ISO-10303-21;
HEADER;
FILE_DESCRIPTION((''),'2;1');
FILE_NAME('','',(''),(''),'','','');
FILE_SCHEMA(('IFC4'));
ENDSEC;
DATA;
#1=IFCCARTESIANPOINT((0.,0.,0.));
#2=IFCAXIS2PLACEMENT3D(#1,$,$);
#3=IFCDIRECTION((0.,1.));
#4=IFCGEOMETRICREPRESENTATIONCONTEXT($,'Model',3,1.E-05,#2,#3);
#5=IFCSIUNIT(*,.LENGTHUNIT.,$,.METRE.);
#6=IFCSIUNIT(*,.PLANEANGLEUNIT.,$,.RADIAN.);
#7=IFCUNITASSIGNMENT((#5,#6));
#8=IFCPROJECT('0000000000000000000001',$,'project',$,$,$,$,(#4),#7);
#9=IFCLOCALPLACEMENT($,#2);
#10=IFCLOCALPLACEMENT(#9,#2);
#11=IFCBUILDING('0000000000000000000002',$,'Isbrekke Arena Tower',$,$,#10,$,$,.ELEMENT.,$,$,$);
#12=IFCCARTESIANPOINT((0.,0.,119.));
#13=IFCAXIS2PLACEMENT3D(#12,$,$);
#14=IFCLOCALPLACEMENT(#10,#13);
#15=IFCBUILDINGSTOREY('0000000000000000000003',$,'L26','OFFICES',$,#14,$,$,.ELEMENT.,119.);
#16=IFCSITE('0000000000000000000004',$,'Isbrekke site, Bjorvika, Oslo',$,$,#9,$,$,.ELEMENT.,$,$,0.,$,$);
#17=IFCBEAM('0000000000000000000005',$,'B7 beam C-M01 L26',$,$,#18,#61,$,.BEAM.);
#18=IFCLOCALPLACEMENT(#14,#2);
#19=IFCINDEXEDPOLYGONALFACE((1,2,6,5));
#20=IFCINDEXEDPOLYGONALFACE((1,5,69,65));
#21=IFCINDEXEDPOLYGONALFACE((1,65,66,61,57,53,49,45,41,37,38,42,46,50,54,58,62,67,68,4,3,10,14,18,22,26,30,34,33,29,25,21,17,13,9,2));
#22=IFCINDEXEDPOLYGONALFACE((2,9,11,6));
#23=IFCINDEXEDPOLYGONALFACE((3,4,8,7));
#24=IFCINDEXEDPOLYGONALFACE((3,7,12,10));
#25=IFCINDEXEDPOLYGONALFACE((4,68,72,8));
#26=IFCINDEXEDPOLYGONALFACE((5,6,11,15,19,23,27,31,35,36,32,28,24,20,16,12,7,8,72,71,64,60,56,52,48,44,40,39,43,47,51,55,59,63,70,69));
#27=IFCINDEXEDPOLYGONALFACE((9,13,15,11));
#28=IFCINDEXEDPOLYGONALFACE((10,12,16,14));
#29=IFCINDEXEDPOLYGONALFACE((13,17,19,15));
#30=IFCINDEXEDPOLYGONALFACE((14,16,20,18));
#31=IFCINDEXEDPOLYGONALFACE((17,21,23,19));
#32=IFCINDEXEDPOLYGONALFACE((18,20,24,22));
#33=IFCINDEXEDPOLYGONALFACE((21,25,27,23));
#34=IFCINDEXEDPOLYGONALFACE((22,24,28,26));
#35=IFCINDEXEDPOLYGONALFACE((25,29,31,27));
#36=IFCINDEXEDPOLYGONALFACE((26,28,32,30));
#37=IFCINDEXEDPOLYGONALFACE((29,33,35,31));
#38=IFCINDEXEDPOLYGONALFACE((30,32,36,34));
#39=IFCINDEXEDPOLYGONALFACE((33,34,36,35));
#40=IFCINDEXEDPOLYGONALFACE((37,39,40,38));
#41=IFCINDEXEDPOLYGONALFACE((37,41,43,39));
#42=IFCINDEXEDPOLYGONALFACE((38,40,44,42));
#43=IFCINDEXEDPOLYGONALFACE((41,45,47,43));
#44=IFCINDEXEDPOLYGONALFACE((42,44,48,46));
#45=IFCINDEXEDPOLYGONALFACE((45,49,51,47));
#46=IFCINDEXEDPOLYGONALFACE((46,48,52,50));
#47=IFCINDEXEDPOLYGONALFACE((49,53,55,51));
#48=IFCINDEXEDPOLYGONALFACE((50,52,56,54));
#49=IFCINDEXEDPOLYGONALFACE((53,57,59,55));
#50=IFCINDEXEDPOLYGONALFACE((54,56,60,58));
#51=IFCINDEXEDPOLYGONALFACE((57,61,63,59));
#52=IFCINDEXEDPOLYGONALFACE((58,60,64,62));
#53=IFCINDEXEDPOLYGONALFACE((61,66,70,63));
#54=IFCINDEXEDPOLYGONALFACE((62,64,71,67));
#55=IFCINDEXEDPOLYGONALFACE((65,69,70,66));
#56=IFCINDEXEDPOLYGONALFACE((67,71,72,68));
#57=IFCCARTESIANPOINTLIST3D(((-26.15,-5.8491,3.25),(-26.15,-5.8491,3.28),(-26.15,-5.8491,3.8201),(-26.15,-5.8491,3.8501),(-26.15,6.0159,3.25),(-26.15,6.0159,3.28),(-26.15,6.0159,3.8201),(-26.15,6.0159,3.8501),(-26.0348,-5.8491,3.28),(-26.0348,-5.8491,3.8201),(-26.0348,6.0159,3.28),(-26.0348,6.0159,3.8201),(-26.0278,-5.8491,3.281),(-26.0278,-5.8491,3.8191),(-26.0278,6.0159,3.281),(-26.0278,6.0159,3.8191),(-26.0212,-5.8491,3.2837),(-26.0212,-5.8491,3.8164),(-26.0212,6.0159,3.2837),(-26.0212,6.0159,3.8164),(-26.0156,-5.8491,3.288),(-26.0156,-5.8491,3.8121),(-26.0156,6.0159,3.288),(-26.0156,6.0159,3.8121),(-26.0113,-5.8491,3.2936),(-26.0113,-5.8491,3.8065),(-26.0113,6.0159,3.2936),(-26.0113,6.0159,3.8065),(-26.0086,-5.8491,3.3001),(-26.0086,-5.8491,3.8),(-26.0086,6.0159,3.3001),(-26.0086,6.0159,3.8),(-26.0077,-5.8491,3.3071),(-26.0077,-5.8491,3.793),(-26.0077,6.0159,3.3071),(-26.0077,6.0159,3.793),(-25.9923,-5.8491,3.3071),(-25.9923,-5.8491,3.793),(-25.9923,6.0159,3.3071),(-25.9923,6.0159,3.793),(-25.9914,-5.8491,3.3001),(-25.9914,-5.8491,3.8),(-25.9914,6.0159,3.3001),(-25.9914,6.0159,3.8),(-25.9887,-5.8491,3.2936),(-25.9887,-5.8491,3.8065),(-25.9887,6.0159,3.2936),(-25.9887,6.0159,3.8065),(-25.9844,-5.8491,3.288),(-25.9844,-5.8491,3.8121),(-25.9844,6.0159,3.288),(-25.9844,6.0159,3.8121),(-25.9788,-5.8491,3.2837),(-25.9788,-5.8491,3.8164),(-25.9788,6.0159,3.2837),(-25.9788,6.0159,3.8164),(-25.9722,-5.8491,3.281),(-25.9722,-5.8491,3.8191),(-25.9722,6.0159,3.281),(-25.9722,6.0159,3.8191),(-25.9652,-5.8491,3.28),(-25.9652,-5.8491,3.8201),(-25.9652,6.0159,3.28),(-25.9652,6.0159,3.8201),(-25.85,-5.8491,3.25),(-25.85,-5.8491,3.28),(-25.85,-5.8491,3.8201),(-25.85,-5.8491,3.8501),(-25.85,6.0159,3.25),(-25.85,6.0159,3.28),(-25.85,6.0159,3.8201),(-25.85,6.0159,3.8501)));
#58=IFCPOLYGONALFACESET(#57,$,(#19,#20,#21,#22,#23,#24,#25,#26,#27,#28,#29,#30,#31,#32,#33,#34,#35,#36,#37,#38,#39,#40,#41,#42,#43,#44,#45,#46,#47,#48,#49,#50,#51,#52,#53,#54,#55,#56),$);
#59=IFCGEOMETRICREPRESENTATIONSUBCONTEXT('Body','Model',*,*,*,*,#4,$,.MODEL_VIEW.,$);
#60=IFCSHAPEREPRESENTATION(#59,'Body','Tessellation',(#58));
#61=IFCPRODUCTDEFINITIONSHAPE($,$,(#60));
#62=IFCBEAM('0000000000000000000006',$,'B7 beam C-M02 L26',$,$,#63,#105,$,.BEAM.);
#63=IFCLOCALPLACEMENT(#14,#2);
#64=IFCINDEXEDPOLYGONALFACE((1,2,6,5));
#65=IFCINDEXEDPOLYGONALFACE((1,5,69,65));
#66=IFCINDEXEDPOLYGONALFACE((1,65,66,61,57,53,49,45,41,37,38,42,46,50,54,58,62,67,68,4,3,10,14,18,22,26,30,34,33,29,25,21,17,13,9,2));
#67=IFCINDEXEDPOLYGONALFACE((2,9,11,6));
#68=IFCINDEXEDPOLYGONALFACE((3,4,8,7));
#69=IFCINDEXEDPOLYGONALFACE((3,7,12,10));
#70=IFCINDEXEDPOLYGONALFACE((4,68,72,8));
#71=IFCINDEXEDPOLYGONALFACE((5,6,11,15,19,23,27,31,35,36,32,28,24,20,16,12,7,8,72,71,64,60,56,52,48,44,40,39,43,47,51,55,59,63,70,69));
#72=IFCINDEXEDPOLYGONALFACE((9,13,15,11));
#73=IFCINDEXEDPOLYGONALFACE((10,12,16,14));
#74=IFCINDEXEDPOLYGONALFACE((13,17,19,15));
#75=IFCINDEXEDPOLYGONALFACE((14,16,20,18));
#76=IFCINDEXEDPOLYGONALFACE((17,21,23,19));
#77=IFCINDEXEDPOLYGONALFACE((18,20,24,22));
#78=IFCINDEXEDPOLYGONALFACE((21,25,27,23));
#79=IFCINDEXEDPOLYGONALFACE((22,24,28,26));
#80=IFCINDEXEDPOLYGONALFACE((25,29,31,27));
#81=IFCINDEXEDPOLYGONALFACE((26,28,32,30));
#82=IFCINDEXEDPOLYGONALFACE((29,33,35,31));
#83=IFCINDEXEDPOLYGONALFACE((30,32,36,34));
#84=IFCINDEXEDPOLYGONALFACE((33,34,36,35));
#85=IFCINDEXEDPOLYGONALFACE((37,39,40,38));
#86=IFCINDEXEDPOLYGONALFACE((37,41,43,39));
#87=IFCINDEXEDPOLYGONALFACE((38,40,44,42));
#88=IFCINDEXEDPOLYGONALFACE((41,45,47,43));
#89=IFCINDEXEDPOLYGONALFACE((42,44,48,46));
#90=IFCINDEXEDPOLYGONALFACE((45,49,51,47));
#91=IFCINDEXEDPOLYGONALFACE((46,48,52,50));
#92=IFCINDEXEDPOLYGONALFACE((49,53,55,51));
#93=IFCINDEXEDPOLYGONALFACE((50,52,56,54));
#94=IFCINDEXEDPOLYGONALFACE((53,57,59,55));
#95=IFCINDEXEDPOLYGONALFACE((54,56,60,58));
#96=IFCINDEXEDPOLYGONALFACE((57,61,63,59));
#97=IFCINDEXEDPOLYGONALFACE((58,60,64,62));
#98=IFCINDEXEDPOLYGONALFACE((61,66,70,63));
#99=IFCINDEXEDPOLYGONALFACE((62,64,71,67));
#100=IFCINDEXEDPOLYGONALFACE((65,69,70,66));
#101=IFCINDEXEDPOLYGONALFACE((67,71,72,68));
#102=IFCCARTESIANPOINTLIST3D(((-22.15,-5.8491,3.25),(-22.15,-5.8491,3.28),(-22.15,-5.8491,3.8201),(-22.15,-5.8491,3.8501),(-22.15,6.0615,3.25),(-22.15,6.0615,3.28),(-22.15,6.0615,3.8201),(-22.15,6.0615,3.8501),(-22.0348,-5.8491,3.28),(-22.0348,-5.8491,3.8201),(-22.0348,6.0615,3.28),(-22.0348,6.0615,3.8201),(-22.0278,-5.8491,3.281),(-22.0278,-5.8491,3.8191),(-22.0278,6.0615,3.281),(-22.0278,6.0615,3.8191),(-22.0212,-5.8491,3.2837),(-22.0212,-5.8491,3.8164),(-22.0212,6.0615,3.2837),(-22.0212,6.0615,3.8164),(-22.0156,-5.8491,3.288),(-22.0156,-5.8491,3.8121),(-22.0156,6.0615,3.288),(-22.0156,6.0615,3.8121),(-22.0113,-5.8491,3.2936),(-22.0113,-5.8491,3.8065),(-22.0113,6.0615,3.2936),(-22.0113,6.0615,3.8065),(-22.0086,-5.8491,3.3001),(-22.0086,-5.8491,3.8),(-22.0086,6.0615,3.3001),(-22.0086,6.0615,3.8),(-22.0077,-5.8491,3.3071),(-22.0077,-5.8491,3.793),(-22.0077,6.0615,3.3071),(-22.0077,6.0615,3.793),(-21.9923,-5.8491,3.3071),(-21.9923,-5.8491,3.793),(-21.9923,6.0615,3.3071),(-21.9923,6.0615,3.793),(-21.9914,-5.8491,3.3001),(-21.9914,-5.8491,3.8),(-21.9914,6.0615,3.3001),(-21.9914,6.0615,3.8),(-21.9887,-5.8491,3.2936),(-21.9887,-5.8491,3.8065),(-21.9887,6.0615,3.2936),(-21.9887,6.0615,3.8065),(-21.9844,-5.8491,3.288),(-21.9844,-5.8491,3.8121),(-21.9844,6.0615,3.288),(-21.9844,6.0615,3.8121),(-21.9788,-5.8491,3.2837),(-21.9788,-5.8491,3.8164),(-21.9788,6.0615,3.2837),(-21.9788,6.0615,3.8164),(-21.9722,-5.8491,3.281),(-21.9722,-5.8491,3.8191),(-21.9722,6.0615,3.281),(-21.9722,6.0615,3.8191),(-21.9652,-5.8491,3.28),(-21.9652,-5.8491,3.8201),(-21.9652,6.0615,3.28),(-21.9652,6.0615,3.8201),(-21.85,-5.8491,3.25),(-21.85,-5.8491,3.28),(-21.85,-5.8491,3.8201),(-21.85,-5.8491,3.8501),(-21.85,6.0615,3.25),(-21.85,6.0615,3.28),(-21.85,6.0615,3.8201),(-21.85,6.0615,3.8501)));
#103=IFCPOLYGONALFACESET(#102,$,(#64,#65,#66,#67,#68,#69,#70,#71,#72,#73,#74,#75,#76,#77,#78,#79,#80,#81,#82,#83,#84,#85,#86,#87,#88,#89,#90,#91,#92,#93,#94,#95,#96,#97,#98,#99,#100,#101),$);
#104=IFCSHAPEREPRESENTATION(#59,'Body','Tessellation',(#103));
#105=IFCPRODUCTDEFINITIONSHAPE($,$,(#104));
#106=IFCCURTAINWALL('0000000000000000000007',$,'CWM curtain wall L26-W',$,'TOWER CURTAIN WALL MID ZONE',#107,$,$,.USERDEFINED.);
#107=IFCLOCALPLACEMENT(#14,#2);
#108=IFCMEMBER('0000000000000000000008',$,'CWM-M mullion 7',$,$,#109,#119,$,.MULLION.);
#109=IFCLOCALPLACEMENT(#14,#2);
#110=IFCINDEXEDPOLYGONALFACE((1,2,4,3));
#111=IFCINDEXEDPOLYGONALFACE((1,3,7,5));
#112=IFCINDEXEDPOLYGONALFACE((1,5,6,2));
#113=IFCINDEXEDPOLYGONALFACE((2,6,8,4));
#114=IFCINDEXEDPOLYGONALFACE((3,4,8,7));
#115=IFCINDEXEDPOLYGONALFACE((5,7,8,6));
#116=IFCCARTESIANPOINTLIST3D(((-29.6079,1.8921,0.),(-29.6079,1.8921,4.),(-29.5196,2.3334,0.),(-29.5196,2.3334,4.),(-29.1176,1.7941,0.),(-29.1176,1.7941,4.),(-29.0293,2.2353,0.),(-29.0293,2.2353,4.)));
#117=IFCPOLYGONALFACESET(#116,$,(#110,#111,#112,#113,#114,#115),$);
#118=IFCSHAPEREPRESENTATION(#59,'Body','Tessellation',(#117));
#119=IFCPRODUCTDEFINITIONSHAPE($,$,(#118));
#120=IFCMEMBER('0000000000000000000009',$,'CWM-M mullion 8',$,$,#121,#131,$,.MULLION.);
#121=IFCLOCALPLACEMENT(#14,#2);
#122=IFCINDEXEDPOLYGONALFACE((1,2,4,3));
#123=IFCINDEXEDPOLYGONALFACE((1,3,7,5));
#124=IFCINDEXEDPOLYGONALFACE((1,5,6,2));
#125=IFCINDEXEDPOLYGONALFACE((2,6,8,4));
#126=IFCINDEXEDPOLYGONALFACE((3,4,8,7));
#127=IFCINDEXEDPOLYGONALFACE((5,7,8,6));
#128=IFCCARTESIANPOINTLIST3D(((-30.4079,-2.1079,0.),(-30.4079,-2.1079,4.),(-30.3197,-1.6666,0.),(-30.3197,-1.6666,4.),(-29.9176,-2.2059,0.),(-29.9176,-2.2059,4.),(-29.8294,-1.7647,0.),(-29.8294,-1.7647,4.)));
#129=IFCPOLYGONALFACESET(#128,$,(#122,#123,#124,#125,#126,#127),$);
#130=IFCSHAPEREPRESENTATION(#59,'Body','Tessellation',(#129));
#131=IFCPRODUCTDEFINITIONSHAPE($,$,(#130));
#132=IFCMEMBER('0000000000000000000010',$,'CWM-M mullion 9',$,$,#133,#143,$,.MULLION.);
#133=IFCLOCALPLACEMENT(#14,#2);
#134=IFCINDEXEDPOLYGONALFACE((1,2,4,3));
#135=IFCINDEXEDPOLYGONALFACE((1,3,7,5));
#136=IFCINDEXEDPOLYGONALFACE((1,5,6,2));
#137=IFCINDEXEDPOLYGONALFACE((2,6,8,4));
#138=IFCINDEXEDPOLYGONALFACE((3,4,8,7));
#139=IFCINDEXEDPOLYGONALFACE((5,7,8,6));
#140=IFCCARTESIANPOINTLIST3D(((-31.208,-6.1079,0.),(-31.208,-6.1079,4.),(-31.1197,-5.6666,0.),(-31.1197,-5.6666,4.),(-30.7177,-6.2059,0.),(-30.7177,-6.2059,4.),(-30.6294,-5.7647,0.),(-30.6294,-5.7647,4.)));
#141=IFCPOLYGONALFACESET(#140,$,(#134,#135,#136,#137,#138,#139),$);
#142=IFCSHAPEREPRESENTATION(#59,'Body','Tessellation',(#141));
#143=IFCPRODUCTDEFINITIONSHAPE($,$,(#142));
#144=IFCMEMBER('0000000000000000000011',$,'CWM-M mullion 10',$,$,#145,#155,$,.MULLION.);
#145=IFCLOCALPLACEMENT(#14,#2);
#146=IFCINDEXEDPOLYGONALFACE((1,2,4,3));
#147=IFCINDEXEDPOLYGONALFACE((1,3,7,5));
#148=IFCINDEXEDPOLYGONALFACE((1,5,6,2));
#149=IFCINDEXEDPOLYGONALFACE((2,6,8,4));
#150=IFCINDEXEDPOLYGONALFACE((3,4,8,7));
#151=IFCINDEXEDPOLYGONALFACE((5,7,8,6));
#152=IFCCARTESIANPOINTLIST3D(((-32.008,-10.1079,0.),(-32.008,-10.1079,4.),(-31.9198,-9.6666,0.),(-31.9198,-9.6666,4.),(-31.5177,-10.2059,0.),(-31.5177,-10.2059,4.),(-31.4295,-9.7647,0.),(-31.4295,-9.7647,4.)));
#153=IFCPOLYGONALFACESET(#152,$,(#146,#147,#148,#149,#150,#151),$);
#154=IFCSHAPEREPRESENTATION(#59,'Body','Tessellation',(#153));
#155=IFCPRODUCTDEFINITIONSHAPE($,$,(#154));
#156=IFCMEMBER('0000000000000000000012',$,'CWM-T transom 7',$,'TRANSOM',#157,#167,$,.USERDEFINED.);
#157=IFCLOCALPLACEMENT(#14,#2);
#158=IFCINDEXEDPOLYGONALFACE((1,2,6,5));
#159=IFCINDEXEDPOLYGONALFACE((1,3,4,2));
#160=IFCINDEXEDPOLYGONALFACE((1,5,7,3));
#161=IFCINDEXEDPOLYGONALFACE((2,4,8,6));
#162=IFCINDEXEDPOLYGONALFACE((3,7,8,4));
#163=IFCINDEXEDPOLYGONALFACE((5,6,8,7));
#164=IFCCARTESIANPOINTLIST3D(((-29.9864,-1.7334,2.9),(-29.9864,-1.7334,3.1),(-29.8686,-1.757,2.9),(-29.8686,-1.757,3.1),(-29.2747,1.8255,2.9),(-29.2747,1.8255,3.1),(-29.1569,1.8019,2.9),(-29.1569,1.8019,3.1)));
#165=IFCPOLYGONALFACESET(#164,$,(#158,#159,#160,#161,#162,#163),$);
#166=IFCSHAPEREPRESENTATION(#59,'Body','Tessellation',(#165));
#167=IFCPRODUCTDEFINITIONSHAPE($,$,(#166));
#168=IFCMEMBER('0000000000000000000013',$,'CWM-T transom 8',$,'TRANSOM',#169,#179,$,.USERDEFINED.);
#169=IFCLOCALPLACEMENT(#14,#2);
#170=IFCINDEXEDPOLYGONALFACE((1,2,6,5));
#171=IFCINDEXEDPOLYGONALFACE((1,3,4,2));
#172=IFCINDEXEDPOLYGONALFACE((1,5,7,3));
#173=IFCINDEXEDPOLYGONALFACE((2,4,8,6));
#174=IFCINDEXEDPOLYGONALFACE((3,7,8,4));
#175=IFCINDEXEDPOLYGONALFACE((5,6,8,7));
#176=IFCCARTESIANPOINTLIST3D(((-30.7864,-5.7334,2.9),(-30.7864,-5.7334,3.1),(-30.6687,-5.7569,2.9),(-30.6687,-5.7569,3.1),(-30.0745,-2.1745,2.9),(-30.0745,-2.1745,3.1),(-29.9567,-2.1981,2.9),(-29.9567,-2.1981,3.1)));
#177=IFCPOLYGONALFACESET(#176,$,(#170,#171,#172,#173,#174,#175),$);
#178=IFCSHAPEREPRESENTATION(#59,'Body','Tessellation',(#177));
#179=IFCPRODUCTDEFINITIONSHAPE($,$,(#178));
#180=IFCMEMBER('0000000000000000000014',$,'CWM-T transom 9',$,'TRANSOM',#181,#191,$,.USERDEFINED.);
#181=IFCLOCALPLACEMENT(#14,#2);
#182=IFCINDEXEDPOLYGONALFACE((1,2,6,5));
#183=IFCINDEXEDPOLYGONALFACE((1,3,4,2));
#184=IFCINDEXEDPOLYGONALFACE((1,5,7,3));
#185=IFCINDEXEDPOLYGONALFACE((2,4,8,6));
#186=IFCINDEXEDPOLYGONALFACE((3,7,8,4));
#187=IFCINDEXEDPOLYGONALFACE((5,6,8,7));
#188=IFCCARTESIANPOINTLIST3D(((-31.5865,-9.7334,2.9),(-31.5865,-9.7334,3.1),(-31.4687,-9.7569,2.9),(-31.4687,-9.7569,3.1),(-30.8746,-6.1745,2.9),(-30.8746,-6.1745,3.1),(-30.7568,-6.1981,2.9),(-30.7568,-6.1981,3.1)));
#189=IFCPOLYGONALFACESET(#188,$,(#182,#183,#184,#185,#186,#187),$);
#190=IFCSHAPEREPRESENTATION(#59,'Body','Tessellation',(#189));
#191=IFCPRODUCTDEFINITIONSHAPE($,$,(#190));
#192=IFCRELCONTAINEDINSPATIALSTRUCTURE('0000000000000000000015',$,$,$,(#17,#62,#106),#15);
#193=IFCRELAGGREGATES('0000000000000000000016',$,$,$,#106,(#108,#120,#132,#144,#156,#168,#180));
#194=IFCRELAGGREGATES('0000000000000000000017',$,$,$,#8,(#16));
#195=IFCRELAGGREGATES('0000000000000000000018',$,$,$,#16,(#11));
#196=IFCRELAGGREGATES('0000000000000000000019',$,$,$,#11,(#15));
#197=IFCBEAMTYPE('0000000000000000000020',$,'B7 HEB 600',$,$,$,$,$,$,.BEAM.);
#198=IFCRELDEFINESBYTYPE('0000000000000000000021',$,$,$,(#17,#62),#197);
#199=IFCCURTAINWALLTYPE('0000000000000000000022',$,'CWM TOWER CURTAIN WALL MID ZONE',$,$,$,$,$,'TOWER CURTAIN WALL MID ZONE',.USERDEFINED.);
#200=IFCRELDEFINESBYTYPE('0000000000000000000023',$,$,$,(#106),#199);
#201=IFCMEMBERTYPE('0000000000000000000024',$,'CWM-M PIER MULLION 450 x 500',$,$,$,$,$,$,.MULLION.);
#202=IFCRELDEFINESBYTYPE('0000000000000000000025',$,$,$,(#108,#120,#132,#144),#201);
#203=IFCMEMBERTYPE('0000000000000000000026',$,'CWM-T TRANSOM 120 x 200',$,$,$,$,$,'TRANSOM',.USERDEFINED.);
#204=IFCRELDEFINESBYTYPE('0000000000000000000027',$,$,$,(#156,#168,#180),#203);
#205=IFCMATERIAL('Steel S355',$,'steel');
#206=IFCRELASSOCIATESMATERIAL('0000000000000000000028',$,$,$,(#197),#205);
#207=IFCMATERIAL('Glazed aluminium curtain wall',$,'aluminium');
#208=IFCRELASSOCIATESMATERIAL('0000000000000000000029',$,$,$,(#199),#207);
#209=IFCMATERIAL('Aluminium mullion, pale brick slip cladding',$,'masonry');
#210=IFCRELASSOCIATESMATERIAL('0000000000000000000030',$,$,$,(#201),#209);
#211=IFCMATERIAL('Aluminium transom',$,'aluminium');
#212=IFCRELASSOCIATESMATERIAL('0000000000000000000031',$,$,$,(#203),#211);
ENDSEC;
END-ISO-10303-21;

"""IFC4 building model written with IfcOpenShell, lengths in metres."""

from ifc_helpers import new_model, si_unit, direction, frame, origin, origin_2d, place, context, subcontext, project, spatial, rectangle, i_section, extrude, material, material_profile, profile_set, type_object, element, aggregate, save


model = new_model("IFC4")

# Units and contexts
model_context = context("Model", 3, precision=1e-05, world=origin(), true_north=direction((0.0, 1.0)))
body_context = subcontext(model_context, "Body", "Model", "MODEL_VIEW")
ifc_project = project(units=[si_unit("LENGTHUNIT", "METRE"), si_unit("PLANEANGLEUNIT", "RADIAN")], contexts=[model_context])

# Site, building, storey
site_placement = place(None, origin())
site = spatial("IfcSite", under=ifc_project, at=site_placement, Name="Isbrekke site, Bjorvika, Oslo", CompositionType="ELEMENT", RefElevation=0.0)
building_placement = place(site_placement, origin())
building = spatial("IfcBuilding", under=site, at=building_placement, Name="Isbrekke Arena Tower", CompositionType="ELEMENT")
storey_placement = place(building_placement, frame((0.0, 0.0, 119.0)))
storey = spatial("IfcBuildingStorey", under=building, at=storey_placement, Name="L26", Description="OFFICES", CompositionType="ELEMENT", Elevation=119.0)

# Beams
ifc_material_1 = material(Name="Steel S355", Category="steel")
ifc_material_profile_1 = material_profile(ifc_material_1, i_section(OverallWidth=0.3, OverallDepth=0.6001, WebThickness=0.0154, FlangeThickness=0.03, FilletRadius=0.0271, at=origin_2d()), Name="HEB 600")
ifc_profile_set_1 = profile_set([ifc_material_profile_1], Name="Steel S355")
beam_type_1 = type_object("IfcBeamType", Name="B7 HEB 600", PredefinedType="BEAM", material=ifc_profile_set_1)
beam_1_placement = place(storey_placement, frame((-26.0, -5.8491, 3.55), z_axis=(0.0, 1.0, 0.0), x_axis=(-1.0, 0.0, 0.0)))
element("IfcBeam", 1, at=beam_1_placement, inside=storey, type_object=beam_type_1, Name="B7 beam C-M01 L26", PredefinedType="BEAM", context=body_context, shape_type="SweptSolid", body=[
    extrude(i_section(OverallWidth=0.3, OverallDepth=0.6001, WebThickness=0.0154, FlangeThickness=0.03, FilletRadius=0.0271, at=origin_2d()), origin(), (0.0, 0.0, 1.0), 11.865),
])
beam_2_placement = place(storey_placement, frame((-22.0, -5.8491, 3.55), z_axis=(0.0, 1.0, 0.0), x_axis=(-1.0, 0.0, 0.0)))
element("IfcBeam", 2, at=beam_2_placement, inside=storey, type_object=beam_type_1, Name="B7 beam C-M02 L26", PredefinedType="BEAM", context=body_context, shape_type="SweptSolid", body=[
    extrude(i_section(OverallWidth=0.3, OverallDepth=0.6001, WebThickness=0.0154, FlangeThickness=0.03, FilletRadius=0.0271, at=origin_2d()), origin(), (0.0, 0.0, 1.0), 11.9106),
])

# Curtain wall, members
ifc_material_2 = material(Name="Glazed aluminium curtain wall", Category="aluminium")
curtain_wall_type = type_object("IfcCurtainWallType", Name="CWM TOWER CURTAIN WALL MID ZONE", ElementType="TOWER CURTAIN WALL MID ZONE", PredefinedType="USERDEFINED", material=ifc_material_2)
curtain_wall_placement = place(storey_placement, origin())
curtain_wall = element("IfcCurtainWall", 3, at=curtain_wall_placement, inside=storey, type_object=curtain_wall_type, Name="CWM curtain wall L26-W", ObjectType="TOWER CURTAIN WALL MID ZONE", PredefinedType="USERDEFINED")
ifc_material_3 = material(Name="Aluminium mullion, pale brick slip cladding", Category="masonry")
ifc_material_profile_2 = material_profile(ifc_material_3, rectangle(XDim=0.45, YDim=0.5, at=origin_2d()), Name="PIER 450X500")
ifc_profile_set_2 = profile_set([ifc_material_profile_2], Name="Aluminium mullion, pale brick slip cladding")
member_type_1 = type_object("IfcMemberType", Name="CWM-M PIER MULLION 450 x 500", PredefinedType="MULLION", material=ifc_profile_set_2)
member_1_placement = place(storey_placement, frame((-29.3186, 2.0637, 0.0), z_axis=(0.0, 0.0, 1.0), x_axis=(-0.196116, -0.980581, 0.0)))
member_1 = element("IfcMember", 4, at=member_1_placement, type_object=member_type_1, Name="CWM-M mullion 7", PredefinedType="MULLION", context=body_context, shape_type="SweptSolid", body=[
    extrude(rectangle(XDim=0.45, YDim=0.5, at=origin_2d()), origin(), (0.0, 0.0, 1.0), 4.0),
])
member_2_placement = place(storey_placement, frame((-30.1187, -1.9363, 0.0), z_axis=(0.0, 0.0, 1.0), x_axis=(-0.196116, -0.980581, 0.0)))
member_2 = element("IfcMember", 5, at=member_2_placement, type_object=member_type_1, Name="CWM-M mullion 8", PredefinedType="MULLION", context=body_context, shape_type="SweptSolid", body=[
    extrude(rectangle(XDim=0.45, YDim=0.5, at=origin_2d()), origin(), (0.0, 0.0, 1.0), 4.0),
])
member_3_placement = place(storey_placement, frame((-30.9187, -5.9363, 0.0), z_axis=(0.0, 0.0, 1.0), x_axis=(-0.196116, -0.980581, 0.0)))
member_3 = element("IfcMember", 6, at=member_3_placement, type_object=member_type_1, Name="CWM-M mullion 9", PredefinedType="MULLION", context=body_context, shape_type="SweptSolid", body=[
    extrude(rectangle(XDim=0.45, YDim=0.5, at=origin_2d()), origin(), (0.0, 0.0, 1.0), 4.0),
])
member_4_placement = place(storey_placement, frame((-31.7188, -9.9363, 0.0), z_axis=(0.0, 0.0, 1.0), x_axis=(-0.196116, -0.980581, 0.0)))
member_4 = element("IfcMember", 7, at=member_4_placement, type_object=member_type_1, Name="CWM-M mullion 10", PredefinedType="MULLION", context=body_context, shape_type="SweptSolid", body=[
    extrude(rectangle(XDim=0.45, YDim=0.5, at=origin_2d()), origin(), (0.0, 0.0, 1.0), 4.0),
])
ifc_material_4 = material(Name="Aluminium transom", Category="aluminium")
ifc_material_profile_3 = material_profile(ifc_material_4, rectangle(XDim=0.1201, YDim=0.2, at=origin_2d()), Name="TRANSOM 120X200")
ifc_profile_set_3 = profile_set([ifc_material_profile_3], Name="Aluminium transom")
member_type_2 = type_object("IfcMemberType", Name="CWM-T TRANSOM 120 x 200", ElementType="TRANSOM", PredefinedType="USERDEFINED", material=ifc_profile_set_3)
member_5_placement = place(storey_placement, frame((-29.2158, 1.8137, 3.0), z_axis=(-0.19609, -0.980586, 0.0), x_axis=(0.980586, -0.19609, 0.0)))
member_5 = element("IfcMember", 8, at=member_5_placement, type_object=member_type_2, Name="CWM-T transom 7", ObjectType="TRANSOM", PredefinedType="USERDEFINED", context=body_context, shape_type="SweptSolid", body=[
    extrude(rectangle(XDim=0.1201, YDim=0.2, at=origin_2d()), origin(), (0.0, 0.0, 1.0), 3.6294),
])
member_6_placement = place(storey_placement, frame((-30.0156, -2.1863, 3.0), z_axis=(-0.196155, -0.980573, 0.0), x_axis=(0.980573, -0.196155, 0.0)))
member_6 = element("IfcMember", 9, at=member_6_placement, type_object=member_type_2, Name="CWM-T transom 8", ObjectType="TRANSOM", PredefinedType="USERDEFINED", context=body_context, shape_type="SweptSolid", body=[
    extrude(rectangle(XDim=0.1201, YDim=0.2, at=origin_2d()), origin(), (0.0, 0.0, 1.0), 3.6294),
])
member_7_placement = place(storey_placement, frame((-30.8157, -6.1863, 3.0), z_axis=(-0.196155, -0.980573, 0.0), x_axis=(0.980573, -0.196155, 0.0)))
member_7 = element("IfcMember", 10, at=member_7_placement, type_object=member_type_2, Name="CWM-T transom 9", ObjectType="TRANSOM", PredefinedType="USERDEFINED", context=body_context, shape_type="SweptSolid", body=[
    extrude(rectangle(XDim=0.1201, YDim=0.2, at=origin_2d()), origin(), (0.0, 0.0, 1.0), 3.6294),
])

aggregate(curtain_wall, [member_1, member_2, member_3, member_4, member_5, member_6, member_7])

save(model, "model.ifc")
